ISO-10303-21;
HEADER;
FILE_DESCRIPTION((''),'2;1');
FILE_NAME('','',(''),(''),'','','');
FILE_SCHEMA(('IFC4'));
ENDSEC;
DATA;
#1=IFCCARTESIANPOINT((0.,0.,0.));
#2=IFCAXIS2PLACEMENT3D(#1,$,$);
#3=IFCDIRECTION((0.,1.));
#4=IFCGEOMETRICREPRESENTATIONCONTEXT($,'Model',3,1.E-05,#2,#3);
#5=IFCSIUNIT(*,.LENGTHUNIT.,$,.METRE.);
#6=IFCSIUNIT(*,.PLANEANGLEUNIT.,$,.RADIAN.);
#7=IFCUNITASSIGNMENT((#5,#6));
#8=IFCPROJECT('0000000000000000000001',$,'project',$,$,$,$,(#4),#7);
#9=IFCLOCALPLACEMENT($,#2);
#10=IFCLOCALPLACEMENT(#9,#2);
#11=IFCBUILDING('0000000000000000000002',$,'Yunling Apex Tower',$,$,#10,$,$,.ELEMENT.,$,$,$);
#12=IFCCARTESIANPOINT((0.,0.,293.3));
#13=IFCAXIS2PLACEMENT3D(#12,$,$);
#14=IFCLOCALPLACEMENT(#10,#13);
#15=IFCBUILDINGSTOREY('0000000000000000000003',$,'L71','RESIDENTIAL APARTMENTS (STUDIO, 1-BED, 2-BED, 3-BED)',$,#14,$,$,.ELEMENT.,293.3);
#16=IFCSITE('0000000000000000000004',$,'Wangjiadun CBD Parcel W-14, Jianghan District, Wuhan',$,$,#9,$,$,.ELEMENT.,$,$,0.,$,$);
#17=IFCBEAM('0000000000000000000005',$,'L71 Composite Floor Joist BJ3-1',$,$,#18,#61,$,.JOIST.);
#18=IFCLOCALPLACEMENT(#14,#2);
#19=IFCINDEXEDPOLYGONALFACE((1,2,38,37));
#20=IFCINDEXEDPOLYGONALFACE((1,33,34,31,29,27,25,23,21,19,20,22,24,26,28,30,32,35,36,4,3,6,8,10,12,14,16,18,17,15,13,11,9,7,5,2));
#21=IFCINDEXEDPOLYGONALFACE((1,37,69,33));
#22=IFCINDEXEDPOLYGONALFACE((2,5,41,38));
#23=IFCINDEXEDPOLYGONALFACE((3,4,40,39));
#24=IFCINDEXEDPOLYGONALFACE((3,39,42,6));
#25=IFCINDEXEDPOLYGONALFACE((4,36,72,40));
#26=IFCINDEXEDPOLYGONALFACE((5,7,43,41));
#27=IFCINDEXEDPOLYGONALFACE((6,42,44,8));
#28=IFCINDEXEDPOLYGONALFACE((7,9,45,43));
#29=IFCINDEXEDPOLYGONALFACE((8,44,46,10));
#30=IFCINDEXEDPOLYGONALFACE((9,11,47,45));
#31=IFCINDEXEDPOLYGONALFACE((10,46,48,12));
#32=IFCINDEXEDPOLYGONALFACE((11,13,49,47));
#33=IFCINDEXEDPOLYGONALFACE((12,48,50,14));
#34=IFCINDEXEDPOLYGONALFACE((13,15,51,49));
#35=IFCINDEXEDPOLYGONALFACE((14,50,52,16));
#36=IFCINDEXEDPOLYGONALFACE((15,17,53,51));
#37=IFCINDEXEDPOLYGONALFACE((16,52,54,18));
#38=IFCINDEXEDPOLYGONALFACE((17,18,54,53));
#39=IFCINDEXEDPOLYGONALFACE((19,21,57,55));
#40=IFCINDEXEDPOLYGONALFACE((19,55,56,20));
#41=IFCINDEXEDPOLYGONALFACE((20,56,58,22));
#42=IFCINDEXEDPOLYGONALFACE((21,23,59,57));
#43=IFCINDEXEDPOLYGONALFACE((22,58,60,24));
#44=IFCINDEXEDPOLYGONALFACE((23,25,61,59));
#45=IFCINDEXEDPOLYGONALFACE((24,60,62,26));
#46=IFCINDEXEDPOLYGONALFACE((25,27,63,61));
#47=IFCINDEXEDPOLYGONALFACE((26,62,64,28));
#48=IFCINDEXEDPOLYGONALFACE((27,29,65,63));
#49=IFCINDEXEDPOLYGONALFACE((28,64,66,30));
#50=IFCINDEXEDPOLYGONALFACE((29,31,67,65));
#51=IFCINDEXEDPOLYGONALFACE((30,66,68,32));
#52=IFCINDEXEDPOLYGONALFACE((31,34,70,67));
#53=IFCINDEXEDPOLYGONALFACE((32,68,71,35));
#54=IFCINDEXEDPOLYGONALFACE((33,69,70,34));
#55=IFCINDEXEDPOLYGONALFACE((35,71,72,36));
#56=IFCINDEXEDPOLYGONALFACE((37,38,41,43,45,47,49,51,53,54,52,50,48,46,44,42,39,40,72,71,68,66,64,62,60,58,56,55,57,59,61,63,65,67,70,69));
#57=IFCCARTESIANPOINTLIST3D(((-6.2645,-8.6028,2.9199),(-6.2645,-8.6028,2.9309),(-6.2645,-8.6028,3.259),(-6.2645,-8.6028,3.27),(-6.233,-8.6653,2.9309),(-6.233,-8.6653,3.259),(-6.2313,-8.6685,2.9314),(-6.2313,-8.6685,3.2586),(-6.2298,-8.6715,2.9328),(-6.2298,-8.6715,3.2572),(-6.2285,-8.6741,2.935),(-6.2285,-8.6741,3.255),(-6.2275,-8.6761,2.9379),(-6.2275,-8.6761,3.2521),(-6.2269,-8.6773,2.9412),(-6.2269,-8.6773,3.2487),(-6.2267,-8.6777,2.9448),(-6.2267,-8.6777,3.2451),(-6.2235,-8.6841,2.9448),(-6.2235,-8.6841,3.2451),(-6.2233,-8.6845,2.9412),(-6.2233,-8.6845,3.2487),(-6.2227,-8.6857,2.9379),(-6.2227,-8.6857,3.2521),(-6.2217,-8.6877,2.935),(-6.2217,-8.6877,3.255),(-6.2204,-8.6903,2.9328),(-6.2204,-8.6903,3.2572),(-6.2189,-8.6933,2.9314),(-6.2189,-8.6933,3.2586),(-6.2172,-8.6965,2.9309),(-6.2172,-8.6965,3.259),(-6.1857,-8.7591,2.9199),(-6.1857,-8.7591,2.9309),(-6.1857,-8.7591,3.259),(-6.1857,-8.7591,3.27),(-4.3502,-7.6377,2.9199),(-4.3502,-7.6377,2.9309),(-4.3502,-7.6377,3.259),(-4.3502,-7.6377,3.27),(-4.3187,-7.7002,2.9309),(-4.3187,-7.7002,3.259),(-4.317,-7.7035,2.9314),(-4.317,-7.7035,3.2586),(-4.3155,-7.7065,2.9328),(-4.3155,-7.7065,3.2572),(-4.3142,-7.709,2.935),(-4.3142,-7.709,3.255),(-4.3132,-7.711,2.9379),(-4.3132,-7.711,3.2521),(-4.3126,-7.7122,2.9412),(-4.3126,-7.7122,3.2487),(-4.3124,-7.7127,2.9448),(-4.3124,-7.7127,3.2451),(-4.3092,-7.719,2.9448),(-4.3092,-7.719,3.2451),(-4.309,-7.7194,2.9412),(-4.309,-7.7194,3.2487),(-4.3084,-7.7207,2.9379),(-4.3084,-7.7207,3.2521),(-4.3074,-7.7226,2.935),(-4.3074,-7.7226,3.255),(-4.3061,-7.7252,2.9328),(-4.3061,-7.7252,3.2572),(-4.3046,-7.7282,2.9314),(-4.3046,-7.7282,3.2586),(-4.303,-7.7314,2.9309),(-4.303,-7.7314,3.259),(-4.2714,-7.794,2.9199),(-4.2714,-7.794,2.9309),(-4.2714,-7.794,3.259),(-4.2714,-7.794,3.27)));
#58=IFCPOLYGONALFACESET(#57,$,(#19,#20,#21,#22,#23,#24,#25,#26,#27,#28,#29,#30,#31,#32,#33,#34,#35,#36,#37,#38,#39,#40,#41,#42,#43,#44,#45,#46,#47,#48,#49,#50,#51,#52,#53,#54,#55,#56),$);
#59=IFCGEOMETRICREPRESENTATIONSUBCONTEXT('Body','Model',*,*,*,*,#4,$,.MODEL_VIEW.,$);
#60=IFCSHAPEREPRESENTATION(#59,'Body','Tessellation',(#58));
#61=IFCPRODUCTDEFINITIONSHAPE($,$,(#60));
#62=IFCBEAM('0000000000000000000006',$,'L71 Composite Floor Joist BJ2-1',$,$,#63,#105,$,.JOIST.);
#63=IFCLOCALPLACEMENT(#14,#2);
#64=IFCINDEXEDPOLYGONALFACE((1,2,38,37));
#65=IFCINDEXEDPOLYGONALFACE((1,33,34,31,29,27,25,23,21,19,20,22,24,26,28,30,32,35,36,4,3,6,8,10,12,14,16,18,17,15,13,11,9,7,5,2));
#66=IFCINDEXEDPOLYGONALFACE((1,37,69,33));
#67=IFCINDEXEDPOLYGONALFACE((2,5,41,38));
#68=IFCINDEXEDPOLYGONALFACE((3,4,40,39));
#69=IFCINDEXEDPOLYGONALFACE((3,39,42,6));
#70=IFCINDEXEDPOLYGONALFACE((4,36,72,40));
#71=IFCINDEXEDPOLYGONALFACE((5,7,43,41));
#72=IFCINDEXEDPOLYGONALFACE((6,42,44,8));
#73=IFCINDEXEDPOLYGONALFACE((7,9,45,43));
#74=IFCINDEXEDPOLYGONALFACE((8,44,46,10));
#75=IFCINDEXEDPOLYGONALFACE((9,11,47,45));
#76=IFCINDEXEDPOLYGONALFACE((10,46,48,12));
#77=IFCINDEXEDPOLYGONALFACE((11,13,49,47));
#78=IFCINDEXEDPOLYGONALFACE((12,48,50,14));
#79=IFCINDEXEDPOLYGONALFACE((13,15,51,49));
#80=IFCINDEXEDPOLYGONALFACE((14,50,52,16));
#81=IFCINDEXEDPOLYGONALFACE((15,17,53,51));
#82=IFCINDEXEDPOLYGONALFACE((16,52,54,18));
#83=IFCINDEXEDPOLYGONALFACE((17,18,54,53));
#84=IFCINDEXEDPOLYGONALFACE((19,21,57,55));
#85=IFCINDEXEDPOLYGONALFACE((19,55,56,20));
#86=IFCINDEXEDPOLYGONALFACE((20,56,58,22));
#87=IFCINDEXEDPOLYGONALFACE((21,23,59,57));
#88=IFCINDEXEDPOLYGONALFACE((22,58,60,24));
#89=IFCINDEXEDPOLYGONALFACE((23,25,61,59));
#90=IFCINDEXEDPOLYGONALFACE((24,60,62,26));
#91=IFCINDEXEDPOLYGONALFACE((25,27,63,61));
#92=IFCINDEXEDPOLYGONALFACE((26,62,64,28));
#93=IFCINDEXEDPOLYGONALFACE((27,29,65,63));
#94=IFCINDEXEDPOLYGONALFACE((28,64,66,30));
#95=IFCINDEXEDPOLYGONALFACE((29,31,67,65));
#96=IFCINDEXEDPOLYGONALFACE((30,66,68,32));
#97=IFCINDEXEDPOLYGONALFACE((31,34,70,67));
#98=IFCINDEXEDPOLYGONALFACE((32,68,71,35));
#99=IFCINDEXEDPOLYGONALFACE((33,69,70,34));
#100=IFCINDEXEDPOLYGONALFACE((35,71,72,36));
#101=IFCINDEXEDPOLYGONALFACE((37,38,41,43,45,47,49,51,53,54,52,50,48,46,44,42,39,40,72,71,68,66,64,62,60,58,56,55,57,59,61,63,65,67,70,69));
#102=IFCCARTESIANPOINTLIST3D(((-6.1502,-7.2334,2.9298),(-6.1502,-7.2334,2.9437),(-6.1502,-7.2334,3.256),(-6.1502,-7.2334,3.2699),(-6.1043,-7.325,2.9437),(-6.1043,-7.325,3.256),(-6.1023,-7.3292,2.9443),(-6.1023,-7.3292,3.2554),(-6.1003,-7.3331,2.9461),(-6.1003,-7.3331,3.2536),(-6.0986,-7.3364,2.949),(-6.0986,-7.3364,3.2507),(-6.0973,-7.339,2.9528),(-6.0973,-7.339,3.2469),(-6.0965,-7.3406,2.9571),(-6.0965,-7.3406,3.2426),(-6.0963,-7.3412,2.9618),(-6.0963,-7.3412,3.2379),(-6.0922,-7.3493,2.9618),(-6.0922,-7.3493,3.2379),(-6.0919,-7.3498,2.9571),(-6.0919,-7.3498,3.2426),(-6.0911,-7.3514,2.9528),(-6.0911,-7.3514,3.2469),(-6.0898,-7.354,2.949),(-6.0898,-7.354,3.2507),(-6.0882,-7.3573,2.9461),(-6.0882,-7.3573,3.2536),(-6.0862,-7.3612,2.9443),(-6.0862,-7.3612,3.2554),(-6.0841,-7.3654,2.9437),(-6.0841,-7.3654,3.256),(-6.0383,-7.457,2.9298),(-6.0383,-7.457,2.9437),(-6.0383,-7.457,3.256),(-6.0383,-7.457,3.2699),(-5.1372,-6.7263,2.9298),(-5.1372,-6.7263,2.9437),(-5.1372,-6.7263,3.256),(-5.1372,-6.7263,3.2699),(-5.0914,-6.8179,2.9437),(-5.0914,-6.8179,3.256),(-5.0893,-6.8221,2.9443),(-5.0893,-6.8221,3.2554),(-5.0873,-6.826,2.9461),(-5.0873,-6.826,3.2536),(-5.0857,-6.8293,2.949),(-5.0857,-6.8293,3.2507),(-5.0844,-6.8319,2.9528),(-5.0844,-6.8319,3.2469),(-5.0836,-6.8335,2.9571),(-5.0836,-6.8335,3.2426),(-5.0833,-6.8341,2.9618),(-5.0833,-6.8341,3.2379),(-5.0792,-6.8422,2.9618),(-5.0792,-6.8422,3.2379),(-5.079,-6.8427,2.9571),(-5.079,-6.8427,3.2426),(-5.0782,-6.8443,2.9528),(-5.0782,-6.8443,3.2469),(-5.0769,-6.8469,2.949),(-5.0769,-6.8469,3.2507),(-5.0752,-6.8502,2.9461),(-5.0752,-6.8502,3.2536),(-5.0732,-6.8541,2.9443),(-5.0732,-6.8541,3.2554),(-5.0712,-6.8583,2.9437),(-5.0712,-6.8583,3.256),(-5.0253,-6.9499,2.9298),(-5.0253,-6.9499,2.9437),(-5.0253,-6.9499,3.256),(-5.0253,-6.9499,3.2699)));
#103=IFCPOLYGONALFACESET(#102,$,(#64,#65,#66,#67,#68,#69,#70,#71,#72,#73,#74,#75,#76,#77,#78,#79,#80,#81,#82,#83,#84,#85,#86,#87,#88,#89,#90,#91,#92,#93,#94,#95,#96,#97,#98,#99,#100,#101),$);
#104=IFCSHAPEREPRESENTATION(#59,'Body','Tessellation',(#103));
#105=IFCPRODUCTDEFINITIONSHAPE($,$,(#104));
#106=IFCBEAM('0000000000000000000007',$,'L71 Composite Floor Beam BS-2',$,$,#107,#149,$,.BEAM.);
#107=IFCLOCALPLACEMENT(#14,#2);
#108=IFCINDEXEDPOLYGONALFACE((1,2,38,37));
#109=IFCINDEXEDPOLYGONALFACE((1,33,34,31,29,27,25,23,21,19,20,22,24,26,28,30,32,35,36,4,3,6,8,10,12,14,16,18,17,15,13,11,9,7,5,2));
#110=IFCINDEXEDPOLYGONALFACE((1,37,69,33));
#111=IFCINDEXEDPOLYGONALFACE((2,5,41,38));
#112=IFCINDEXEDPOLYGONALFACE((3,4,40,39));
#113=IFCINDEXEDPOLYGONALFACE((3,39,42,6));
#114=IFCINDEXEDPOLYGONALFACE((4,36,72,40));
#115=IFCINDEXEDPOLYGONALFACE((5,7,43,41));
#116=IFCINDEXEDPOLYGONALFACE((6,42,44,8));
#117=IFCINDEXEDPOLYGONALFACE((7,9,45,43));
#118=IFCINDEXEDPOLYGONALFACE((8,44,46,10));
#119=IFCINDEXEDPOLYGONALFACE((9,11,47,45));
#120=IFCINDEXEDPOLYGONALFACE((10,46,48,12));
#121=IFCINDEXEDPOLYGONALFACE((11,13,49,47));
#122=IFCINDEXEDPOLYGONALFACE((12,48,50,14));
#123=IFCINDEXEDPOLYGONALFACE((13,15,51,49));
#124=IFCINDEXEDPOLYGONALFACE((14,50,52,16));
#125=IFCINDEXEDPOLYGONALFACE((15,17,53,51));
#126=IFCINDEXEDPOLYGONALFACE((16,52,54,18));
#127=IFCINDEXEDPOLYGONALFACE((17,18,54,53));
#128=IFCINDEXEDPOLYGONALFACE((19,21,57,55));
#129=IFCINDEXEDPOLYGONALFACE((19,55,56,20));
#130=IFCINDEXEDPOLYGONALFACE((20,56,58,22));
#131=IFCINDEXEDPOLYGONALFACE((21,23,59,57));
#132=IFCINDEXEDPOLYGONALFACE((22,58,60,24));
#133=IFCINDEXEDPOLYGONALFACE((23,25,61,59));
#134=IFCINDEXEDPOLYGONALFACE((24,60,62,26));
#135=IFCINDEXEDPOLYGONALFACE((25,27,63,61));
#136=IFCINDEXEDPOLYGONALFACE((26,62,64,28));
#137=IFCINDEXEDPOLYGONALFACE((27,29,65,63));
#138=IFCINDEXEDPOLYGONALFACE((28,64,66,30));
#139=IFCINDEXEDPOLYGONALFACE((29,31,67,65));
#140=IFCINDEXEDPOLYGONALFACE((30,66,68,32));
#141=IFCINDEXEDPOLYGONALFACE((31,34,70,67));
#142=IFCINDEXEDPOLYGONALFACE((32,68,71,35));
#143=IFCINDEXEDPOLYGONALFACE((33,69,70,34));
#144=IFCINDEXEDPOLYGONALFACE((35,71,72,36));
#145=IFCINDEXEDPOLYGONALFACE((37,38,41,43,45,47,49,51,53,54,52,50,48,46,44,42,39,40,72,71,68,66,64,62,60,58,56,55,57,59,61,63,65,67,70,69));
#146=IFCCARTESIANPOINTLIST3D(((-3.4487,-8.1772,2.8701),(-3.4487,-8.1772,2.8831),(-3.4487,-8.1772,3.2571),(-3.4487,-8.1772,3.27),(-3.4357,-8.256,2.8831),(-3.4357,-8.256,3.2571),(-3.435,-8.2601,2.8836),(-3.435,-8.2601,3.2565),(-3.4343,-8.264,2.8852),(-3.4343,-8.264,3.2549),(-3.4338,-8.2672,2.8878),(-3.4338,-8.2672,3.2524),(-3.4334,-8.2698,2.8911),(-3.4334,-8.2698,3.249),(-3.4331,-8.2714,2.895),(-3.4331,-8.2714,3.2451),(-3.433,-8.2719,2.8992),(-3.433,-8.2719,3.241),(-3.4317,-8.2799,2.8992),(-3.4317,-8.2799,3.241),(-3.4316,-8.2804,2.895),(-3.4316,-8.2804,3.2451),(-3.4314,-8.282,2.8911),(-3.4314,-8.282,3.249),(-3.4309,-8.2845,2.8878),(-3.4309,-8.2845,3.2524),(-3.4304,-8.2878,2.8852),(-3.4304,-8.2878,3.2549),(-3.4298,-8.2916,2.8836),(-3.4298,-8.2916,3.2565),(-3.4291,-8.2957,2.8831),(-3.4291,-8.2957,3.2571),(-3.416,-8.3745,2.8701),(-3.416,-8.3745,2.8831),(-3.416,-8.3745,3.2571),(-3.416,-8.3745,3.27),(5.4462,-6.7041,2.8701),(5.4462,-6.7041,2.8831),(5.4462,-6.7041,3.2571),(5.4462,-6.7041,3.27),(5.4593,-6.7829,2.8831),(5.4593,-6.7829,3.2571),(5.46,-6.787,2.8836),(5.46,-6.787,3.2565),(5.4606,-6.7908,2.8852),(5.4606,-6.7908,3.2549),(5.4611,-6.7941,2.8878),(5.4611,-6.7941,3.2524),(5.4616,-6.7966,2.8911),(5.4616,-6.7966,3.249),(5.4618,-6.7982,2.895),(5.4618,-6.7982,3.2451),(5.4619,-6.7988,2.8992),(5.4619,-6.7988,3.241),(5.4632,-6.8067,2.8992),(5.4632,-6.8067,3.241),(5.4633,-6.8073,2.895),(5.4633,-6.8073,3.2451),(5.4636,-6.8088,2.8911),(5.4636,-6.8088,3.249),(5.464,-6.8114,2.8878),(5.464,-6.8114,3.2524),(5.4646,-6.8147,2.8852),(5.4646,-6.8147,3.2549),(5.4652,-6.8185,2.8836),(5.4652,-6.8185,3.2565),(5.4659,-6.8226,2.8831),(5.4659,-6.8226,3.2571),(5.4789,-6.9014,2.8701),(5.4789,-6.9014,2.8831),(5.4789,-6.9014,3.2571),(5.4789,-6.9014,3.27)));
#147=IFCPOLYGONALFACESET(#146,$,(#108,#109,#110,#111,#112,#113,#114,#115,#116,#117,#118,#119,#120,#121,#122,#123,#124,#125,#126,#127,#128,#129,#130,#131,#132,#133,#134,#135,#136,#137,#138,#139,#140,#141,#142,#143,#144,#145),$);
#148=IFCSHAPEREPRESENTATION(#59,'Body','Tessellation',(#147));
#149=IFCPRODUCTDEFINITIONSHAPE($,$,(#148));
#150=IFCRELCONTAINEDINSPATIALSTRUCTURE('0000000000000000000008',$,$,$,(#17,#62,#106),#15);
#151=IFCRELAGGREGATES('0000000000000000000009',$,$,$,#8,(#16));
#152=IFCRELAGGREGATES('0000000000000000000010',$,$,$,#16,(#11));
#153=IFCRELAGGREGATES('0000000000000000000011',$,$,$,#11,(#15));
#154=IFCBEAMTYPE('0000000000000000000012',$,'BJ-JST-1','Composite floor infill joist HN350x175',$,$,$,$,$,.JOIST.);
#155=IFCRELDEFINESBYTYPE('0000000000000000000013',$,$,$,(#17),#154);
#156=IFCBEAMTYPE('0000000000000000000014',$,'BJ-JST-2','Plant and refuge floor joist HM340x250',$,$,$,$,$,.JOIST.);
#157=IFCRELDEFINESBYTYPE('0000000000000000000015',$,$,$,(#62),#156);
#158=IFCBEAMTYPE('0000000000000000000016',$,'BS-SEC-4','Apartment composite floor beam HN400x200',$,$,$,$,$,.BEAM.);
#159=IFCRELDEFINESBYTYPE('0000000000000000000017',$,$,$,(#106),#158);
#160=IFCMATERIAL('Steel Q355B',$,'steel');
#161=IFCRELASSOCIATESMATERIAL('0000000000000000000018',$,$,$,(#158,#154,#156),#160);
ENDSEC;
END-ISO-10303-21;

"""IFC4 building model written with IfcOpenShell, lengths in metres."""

from ifc_helpers import new_model, si_unit, direction, frame, origin, origin_2d, place, context, subcontext, project, spatial, i_section, extrude, source, transform, mapped, material, material_profile, profile_set, type_object, element, save


model = new_model("IFC4")

# Units and contexts
model_context = context("Model", 3, precision=1e-05, world=origin(), true_north=direction((0.0, 1.0)))
body_context = subcontext(model_context, "Body", "Model", "MODEL_VIEW")
ifc_project = project(units=[si_unit("LENGTHUNIT", "METRE"), si_unit("PLANEANGLEUNIT", "RADIAN")], contexts=[model_context])

# Site, building, storey
site_placement = place(None, origin())
site = spatial("IfcSite", under=ifc_project, at=site_placement, Name="Wangjiadun CBD Parcel W-14, Jianghan District, Wuhan", CompositionType="ELEMENT", RefElevation=0.0)
building_placement = place(site_placement, origin())
building = spatial("IfcBuilding", under=site, at=building_placement, Name="Yunling Apex Tower", CompositionType="ELEMENT")
storey_placement = place(building_placement, frame((0.0, 0.0, 293.3)))
storey = spatial("IfcBuildingStorey", under=building, at=storey_placement, Name="L71", Description="RESIDENTIAL APARTMENTS (STUDIO, 1-BED, 2-BED, 3-BED)", CompositionType="ELEMENT", Elevation=293.3)

# Shared definitions
ifc_material_1 = material(Name="Steel Q355B", Category="steel")

# Beams
ifc_material_profile_1 = material_profile(ifc_material_1, i_section(OverallWidth=0.2, OverallDepth=0.3999, WebThickness=0.0081, FlangeThickness=0.0129, FilletRadius=0.0161, at=origin_2d()))
ifc_profile_set_1 = profile_set([ifc_material_profile_1], Name="Steel Q355B")
beam_type_1 = type_object("IfcBeamType", Name="BS-SEC-4", Description="Apartment composite floor beam HN400x200", PredefinedType="BEAM", material=ifc_profile_set_1)
ifc_material_profile_2 = material_profile(ifc_material_1, i_section(OverallWidth=0.175, OverallDepth=0.3501, WebThickness=0.0071, FlangeThickness=0.011, FilletRadius=0.0139, at=origin_2d()))
ifc_profile_set_2 = profile_set([ifc_material_profile_2], Name="Steel Q355B")
beam_type_2 = type_object("IfcBeamType", Name="BJ-JST-1", Description="Composite floor infill joist HN350x175", PredefinedType="JOIST", material=ifc_profile_set_2)
shared_shape_1 = source(origin(), body_context, "Body", "SweptSolid", [
    extrude(i_section(OverallWidth=0.175, OverallDepth=0.3501, WebThickness=0.0071, FlangeThickness=0.011, FilletRadius=0.0139, at=origin_2d()), origin(), (0.0, 0.0, 1.0), 2.1438),
])
beam_1_placement = place(storey_placement, frame((-6.2251, -8.6809, 3.095), z_axis=(0.892942, 0.450172, 0.0), x_axis=(-0.450172, 0.892942, 0.0)))
element("IfcBeam", 1, at=beam_1_placement, inside=storey, type_object=beam_type_2, Name="L71 Composite Floor Joist BJ3-1", PredefinedType="JOIST", context=body_context, shape_type="MappedRepresentation", body=[
    mapped(shared_shape_1, transform((0.0, 0.0, 0.0), scale=1.0)),
])
ifc_material_profile_3 = material_profile(ifc_material_1, i_section(OverallWidth=0.25, OverallDepth=0.3401, WebThickness=0.009, FlangeThickness=0.0139, FilletRadius=0.0181, at=origin_2d()))
ifc_profile_set_3 = profile_set([ifc_material_profile_3], Name="Steel Q355B")
beam_type_3 = type_object("IfcBeamType", Name="BJ-JST-2", Description="Plant and refuge floor joist HM340x250", PredefinedType="JOIST", material=ifc_profile_set_3)
shared_shape_2 = source(origin(), body_context, "Body", "SweptSolid", [
    extrude(i_section(OverallWidth=0.25, OverallDepth=0.3401, WebThickness=0.009, FlangeThickness=0.0139, FilletRadius=0.0181, at=origin_2d()), origin(), (0.0, 0.0, 1.0), 1.1328),
])
beam_2_placement = place(storey_placement, frame((-6.0942, -7.3452, 3.0999), z_axis=(0.894212, 0.447645, 0.0), x_axis=(-0.447645, 0.894212, 0.0)))
element("IfcBeam", 2, at=beam_2_placement, inside=storey, type_object=beam_type_3, Name="L71 Composite Floor Joist BJ2-1", PredefinedType="JOIST", context=body_context, shape_type="MappedRepresentation", body=[
    mapped(shared_shape_2, transform((0.0, 0.0, 0.0), scale=1.0)),
])
shared_shape_3 = source(origin(), body_context, "Body", "SweptSolid", [
    extrude(i_section(OverallWidth=0.2, OverallDepth=0.3999, WebThickness=0.0081, FlangeThickness=0.0129, FilletRadius=0.0161, at=origin_2d()), origin(), (0.0, 0.0, 1.0), 9.0161),
])
beam_3_placement = place(storey_placement, frame((-3.4324, -8.2759, 3.0701), z_axis=(0.986562, 0.163389, 0.0), x_axis=(-0.163389, 0.986562, 0.0)))
element("IfcBeam", 3, at=beam_3_placement, inside=storey, type_object=beam_type_1, Name="L71 Composite Floor Beam BS-2", PredefinedType="BEAM", context=body_context, shape_type="MappedRepresentation", body=[
    mapped(shared_shape_3, transform((0.0, 0.0, 0.0), scale=1.0)),
])

save(model, "model.ifc")
